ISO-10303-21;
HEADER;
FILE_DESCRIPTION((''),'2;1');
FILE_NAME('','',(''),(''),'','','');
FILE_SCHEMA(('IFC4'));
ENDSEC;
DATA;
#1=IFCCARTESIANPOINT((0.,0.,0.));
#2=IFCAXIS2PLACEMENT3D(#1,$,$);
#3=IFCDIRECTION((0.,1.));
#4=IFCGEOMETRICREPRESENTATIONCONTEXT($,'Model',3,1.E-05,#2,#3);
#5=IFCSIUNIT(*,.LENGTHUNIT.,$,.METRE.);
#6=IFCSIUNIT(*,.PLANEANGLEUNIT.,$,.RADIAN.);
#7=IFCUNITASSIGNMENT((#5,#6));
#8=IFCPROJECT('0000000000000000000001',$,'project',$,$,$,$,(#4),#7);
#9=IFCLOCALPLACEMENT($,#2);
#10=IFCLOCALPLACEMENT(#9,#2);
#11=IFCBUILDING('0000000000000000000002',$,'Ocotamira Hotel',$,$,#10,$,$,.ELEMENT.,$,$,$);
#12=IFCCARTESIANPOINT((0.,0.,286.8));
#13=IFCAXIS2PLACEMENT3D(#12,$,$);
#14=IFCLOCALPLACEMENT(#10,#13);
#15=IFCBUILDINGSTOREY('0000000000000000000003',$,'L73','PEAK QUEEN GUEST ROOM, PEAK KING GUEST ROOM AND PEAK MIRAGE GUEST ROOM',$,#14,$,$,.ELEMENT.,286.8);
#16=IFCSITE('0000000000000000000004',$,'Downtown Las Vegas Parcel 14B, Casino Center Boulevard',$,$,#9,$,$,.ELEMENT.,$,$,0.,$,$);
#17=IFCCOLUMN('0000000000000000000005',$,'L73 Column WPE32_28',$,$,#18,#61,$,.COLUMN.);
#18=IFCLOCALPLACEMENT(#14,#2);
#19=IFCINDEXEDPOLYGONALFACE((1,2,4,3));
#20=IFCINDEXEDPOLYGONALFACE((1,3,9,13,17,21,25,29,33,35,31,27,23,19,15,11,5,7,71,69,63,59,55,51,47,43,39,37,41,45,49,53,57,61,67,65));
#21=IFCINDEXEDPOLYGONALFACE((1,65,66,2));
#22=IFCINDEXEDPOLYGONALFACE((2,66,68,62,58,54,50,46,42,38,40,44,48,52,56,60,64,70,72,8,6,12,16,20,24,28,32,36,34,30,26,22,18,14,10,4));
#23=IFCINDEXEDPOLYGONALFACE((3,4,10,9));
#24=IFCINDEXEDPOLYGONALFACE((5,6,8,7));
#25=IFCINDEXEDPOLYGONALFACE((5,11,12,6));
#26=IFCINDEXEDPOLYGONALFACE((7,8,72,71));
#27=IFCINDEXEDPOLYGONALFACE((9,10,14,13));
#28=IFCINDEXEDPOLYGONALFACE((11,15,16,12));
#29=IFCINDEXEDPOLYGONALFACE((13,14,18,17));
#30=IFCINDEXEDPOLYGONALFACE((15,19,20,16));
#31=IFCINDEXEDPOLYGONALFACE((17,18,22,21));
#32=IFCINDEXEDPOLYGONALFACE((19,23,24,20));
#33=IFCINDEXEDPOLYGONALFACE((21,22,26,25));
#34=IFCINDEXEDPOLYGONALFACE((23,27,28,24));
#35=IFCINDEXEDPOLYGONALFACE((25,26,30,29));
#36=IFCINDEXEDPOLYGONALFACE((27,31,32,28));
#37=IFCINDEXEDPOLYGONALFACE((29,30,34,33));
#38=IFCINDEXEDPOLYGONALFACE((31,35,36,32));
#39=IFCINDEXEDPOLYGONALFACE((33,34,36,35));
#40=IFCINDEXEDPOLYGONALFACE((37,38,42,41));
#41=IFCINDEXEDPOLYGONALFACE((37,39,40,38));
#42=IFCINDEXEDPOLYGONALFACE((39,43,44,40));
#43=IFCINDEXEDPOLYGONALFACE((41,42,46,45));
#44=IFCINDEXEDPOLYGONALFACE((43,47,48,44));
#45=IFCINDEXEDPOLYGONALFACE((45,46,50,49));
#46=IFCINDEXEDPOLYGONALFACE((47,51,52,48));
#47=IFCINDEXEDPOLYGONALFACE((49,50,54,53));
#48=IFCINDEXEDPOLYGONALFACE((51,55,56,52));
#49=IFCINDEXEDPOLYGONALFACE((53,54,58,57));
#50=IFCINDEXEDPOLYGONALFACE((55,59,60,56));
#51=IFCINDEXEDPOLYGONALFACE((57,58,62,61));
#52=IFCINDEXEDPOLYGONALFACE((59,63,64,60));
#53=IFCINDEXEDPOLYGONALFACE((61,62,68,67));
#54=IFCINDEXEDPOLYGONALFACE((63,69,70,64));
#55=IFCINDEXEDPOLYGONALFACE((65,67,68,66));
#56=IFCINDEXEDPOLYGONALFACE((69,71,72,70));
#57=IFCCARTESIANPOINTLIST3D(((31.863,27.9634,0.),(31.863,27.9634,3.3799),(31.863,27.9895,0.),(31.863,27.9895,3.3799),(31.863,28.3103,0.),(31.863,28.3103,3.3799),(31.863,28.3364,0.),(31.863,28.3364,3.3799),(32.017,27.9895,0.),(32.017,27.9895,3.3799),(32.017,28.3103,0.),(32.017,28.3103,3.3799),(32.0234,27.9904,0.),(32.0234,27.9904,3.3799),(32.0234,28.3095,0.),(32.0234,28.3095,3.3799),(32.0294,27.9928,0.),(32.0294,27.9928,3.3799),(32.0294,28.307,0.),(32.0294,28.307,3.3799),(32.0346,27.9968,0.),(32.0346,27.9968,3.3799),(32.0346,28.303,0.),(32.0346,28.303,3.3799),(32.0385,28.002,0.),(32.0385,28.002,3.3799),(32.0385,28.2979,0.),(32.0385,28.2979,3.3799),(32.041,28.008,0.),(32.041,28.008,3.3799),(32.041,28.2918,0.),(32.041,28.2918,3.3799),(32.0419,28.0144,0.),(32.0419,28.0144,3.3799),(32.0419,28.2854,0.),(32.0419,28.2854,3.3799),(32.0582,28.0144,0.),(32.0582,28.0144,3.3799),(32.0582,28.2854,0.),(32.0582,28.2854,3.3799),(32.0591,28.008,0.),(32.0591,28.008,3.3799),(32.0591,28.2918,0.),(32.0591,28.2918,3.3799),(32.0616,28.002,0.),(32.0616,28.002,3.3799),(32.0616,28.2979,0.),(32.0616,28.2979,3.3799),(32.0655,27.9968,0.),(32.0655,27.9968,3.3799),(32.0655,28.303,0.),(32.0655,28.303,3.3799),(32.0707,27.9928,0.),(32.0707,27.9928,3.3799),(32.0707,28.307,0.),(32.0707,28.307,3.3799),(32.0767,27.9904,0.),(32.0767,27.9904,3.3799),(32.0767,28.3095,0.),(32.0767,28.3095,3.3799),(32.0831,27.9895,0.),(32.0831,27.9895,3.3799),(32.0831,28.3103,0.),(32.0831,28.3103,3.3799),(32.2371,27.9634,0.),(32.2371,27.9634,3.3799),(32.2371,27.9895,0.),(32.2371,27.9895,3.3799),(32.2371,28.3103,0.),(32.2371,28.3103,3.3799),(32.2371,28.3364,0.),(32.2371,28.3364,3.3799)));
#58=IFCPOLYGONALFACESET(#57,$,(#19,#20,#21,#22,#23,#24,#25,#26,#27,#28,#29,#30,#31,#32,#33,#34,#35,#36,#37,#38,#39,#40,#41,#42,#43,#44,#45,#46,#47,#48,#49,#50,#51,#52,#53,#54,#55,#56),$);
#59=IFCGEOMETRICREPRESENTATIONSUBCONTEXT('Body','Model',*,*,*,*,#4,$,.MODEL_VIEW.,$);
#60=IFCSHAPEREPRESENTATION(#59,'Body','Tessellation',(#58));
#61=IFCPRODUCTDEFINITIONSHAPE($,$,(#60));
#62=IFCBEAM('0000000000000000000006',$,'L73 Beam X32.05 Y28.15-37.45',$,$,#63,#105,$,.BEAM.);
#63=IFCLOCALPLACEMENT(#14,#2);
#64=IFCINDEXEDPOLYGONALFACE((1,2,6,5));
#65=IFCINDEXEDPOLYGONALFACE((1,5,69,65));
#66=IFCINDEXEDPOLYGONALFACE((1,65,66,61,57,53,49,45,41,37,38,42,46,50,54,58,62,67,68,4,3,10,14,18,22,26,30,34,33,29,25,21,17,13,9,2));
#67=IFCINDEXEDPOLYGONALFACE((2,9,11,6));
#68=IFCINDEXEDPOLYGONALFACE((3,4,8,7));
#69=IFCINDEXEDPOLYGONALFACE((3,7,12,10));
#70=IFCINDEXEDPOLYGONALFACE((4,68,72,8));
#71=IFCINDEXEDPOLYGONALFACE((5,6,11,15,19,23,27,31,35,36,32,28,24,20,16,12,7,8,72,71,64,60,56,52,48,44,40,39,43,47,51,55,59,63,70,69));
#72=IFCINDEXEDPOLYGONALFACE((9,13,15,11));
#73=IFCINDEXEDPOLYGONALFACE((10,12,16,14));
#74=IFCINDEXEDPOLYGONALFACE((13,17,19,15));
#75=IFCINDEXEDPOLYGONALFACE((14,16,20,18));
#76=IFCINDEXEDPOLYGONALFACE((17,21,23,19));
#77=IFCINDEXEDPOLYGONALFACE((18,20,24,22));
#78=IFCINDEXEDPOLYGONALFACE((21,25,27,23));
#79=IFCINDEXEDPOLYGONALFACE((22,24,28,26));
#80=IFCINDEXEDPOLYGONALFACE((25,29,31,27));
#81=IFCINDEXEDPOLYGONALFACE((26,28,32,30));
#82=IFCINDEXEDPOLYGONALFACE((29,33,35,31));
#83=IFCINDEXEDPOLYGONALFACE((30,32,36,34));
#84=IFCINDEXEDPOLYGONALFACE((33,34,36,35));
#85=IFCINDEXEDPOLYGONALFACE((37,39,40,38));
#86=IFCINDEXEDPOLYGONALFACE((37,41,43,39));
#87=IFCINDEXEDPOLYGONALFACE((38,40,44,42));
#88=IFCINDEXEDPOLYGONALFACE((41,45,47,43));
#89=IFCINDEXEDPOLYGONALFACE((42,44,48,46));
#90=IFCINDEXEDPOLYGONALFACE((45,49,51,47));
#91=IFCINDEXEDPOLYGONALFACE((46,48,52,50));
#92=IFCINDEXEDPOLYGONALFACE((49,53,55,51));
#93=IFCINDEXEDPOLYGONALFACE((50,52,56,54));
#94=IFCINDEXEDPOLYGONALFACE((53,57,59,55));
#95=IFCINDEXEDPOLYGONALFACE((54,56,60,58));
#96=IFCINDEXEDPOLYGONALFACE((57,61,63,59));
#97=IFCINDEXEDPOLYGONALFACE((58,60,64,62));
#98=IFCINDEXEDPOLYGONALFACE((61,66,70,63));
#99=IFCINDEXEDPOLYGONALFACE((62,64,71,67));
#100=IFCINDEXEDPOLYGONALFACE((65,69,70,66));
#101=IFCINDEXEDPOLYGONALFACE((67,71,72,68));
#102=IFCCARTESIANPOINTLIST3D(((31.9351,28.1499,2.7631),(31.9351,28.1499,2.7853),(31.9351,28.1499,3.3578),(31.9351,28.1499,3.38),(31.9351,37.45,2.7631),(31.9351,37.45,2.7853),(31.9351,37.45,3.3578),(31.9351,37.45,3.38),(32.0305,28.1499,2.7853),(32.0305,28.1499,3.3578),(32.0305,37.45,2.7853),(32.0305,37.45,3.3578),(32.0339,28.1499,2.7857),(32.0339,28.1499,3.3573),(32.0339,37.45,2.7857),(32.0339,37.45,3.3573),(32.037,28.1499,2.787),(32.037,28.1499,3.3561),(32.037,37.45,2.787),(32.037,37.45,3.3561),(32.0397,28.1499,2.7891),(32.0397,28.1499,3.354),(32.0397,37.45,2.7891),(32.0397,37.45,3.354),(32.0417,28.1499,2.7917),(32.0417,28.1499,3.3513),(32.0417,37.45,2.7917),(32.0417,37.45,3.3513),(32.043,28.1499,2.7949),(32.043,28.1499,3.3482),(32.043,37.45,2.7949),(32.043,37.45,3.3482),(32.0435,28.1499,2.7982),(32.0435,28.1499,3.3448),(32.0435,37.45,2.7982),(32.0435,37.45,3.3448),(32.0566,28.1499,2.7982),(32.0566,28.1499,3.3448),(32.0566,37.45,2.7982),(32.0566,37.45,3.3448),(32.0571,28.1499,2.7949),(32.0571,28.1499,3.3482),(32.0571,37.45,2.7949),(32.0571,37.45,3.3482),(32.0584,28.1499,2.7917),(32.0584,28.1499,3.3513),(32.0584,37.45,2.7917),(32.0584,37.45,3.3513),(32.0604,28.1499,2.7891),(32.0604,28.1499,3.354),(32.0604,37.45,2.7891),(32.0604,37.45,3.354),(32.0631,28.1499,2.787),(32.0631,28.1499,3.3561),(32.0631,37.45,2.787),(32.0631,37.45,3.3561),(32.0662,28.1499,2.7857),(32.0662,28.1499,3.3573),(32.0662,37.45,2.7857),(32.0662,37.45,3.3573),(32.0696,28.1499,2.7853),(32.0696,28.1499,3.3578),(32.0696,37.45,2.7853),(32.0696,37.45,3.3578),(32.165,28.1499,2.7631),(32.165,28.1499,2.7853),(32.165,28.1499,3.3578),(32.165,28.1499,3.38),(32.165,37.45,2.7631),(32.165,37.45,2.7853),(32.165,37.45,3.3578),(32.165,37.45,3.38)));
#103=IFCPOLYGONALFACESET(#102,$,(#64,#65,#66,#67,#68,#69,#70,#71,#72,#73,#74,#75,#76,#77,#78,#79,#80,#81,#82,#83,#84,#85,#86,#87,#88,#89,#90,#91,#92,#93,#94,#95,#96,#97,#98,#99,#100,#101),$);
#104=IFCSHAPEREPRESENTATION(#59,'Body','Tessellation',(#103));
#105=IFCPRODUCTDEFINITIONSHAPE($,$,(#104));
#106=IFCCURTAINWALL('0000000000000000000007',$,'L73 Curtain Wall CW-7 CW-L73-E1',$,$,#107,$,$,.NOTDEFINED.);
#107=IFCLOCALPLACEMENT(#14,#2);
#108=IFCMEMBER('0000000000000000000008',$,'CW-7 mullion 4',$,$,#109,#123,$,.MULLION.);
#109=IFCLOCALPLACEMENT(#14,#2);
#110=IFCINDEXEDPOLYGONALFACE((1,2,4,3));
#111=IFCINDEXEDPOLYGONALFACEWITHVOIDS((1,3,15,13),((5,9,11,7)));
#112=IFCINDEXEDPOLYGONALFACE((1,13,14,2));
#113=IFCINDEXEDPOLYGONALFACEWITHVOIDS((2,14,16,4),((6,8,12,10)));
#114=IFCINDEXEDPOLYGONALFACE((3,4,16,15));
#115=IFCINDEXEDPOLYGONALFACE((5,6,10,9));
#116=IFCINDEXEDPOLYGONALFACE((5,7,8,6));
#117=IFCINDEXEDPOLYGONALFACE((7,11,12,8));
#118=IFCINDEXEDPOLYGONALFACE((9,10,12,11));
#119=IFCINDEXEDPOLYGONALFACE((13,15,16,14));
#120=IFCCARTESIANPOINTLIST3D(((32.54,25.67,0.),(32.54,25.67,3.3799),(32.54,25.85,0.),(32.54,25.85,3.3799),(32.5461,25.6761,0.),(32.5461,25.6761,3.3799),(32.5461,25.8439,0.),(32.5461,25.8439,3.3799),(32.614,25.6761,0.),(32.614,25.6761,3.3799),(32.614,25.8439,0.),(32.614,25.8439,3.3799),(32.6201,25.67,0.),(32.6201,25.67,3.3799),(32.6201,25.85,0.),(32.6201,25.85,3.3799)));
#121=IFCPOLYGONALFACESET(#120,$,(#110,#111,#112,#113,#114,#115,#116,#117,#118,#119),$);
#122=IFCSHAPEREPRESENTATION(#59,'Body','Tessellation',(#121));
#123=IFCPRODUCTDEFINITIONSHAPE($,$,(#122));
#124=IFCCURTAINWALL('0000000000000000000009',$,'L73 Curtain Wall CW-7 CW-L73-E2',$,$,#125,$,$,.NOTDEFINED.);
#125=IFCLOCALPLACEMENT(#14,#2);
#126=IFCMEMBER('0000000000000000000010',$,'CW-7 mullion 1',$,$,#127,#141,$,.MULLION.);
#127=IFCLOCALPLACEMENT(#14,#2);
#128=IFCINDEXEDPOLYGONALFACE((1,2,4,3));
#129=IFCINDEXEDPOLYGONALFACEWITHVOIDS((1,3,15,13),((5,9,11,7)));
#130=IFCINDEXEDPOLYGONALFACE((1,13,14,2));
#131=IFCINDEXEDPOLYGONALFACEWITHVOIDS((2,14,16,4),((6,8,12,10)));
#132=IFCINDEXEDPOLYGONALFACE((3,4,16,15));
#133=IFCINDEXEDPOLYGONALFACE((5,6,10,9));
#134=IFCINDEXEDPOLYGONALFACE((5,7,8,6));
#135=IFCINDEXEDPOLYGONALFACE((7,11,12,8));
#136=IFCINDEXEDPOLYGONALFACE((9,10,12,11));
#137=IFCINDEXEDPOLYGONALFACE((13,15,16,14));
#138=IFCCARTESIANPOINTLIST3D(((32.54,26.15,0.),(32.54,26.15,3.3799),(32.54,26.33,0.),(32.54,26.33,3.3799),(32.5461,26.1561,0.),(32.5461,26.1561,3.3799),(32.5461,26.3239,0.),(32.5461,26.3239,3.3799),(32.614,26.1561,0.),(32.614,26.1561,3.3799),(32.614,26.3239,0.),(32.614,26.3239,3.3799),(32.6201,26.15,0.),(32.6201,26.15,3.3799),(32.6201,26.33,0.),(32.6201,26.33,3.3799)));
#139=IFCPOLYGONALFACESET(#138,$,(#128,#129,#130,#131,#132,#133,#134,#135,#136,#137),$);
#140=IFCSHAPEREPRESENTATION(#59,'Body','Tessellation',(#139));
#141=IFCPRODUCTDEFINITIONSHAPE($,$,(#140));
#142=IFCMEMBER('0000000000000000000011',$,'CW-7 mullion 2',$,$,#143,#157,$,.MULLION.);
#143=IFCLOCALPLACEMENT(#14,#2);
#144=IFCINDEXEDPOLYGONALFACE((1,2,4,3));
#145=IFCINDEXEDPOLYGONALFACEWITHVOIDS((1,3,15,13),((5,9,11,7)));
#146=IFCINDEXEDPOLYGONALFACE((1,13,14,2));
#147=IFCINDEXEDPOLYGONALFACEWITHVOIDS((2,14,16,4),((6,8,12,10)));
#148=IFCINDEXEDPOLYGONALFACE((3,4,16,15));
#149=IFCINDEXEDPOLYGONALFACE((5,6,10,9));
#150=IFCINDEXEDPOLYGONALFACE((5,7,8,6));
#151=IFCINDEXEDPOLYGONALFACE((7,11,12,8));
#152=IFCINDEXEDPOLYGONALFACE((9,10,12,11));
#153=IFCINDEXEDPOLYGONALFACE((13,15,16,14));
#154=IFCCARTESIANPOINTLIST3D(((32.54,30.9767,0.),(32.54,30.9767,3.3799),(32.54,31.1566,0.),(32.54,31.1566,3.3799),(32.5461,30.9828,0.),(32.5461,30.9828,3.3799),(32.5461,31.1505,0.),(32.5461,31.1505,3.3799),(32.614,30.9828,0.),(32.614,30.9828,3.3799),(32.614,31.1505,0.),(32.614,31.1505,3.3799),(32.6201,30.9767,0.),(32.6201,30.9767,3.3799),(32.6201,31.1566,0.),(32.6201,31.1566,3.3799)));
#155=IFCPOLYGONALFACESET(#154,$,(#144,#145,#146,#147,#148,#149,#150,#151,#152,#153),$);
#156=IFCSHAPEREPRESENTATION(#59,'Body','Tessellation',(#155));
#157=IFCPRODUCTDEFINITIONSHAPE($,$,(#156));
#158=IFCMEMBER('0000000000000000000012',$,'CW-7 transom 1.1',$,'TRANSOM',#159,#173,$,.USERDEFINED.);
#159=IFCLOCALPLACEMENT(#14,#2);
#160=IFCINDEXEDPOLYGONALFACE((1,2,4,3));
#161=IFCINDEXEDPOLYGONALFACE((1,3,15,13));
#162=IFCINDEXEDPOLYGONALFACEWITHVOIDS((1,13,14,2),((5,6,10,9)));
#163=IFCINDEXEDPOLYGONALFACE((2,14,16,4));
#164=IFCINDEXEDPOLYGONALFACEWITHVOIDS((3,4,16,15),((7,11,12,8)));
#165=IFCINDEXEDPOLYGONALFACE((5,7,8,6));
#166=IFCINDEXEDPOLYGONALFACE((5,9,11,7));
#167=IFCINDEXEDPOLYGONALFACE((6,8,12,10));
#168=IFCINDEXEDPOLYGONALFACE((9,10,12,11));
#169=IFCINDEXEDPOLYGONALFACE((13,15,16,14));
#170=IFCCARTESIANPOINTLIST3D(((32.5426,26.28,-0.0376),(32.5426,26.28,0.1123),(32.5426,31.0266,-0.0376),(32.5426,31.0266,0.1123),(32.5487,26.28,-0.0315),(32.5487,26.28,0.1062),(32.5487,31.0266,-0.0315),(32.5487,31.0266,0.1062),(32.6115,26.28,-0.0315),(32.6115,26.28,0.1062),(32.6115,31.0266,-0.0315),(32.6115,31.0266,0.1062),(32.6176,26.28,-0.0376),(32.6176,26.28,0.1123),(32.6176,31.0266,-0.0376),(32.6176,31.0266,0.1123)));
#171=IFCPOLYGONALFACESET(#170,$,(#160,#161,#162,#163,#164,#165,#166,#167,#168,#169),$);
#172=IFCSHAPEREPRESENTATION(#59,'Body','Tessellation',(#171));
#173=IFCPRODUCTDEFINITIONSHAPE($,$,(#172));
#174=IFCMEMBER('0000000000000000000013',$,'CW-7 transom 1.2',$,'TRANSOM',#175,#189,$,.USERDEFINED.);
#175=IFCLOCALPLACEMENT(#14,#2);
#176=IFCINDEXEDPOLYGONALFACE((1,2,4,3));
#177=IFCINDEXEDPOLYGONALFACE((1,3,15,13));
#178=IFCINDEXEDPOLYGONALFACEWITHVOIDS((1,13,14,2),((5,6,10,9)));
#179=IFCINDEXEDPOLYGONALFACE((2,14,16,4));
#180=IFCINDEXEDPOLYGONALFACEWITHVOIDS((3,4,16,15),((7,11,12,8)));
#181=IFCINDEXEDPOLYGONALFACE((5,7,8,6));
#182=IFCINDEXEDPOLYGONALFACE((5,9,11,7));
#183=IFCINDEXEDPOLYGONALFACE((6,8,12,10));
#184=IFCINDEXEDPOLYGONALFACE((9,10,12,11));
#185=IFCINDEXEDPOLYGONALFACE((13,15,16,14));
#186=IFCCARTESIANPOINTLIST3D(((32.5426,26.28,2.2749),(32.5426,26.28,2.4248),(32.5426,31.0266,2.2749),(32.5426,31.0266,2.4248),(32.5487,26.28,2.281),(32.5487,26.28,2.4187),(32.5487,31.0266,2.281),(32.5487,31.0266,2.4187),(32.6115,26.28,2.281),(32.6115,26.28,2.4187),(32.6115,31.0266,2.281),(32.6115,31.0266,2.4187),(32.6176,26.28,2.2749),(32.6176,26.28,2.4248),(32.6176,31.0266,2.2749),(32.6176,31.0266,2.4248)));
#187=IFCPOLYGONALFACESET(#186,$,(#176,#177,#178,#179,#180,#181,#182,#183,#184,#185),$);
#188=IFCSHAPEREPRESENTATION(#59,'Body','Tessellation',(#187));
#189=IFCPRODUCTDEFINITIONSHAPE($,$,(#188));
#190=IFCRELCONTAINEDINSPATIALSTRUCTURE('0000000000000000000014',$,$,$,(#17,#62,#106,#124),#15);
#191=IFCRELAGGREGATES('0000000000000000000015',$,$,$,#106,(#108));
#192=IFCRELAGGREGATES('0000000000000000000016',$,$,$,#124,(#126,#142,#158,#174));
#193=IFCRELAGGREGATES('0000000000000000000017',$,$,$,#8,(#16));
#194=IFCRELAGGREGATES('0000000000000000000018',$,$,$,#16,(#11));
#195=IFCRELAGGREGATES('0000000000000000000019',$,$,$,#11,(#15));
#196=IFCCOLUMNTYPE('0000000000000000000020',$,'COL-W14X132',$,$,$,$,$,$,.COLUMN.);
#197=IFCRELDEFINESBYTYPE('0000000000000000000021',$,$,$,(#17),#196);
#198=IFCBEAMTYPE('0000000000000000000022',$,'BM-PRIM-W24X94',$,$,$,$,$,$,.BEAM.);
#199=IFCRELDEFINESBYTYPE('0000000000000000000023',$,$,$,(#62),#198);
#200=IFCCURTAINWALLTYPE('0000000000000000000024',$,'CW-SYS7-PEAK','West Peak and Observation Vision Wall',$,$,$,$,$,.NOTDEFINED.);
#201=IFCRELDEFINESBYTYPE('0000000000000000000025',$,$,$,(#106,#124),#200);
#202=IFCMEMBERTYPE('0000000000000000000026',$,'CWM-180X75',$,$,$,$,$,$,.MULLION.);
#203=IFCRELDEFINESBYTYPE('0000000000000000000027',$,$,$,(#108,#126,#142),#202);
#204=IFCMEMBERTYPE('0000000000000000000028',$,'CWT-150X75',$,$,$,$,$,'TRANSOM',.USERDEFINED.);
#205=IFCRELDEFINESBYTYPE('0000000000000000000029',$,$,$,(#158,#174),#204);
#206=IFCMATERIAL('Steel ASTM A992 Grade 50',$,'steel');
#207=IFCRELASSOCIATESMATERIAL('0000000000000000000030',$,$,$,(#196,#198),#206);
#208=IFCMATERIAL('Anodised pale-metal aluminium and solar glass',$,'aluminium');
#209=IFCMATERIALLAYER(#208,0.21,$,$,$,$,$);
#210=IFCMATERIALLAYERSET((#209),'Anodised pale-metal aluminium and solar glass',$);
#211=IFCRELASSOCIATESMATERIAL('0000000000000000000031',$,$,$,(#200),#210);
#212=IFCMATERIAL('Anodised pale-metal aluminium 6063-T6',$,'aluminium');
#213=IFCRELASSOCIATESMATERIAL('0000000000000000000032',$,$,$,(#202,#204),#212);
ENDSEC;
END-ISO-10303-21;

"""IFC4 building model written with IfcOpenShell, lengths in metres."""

from ifc_helpers import new_model, si_unit, direction, frame, origin, origin_2d, place, context, subcontext, project, spatial, hollow_rectangle, i_section, extrude, source, transform, mapped, material, layer, layer_set, material_profile, profile_set, type_object, element, aggregate, save


model = new_model("IFC4")

# Units and contexts
model_context = context("Model", 3, precision=1e-05, world=origin(), true_north=direction((0.0, 1.0)))
body_context = subcontext(model_context, "Body", "Model", "MODEL_VIEW")
ifc_project = project(units=[si_unit("LENGTHUNIT", "METRE"), si_unit("PLANEANGLEUNIT", "RADIAN")], contexts=[model_context])

# Site, building, storey
site_placement = place(None, origin())
site = spatial("IfcSite", under=ifc_project, at=site_placement, Name="Downtown Las Vegas Parcel 14B, Casino Center Boulevard", CompositionType="ELEMENT", RefElevation=0.0)
building_placement = place(site_placement, origin())
building = spatial("IfcBuilding", under=site, at=building_placement, Name="Ocotamira Hotel", CompositionType="ELEMENT")
storey_placement = place(building_placement, frame((0.0, 0.0, 286.8)))
storey = spatial("IfcBuildingStorey", under=building, at=storey_placement, Name="L73", Description="PEAK QUEEN GUEST ROOM, PEAK KING GUEST ROOM AND PEAK MIRAGE GUEST ROOM", CompositionType="ELEMENT", Elevation=286.8)

# Column
ifc_material_1 = material(Name="Steel ASTM A992 Grade 50", Category="steel")
ifc_material_profile_1 = material_profile(ifc_material_1, i_section(OverallWidth=0.374, OverallDepth=0.373, WebThickness=0.0164, FlangeThickness=0.0261, FilletRadius=0.0249, at=origin_2d()), Name="W14X132")
ifc_profile_set_1 = profile_set([ifc_material_profile_1], Name="Steel ASTM A992 Grade 50")
column_type = type_object("IfcColumnType", Name="COL-W14X132", PredefinedType="COLUMN", material=ifc_profile_set_1)
shared_shape_1 = source(origin(), body_context, "Body", "SweptSolid", [
    extrude(i_section(OverallWidth=0.374, OverallDepth=0.373, WebThickness=0.0164, FlangeThickness=0.0261, FilletRadius=0.0249, at=origin_2d()), origin(), (0.0, 0.0, 1.0), 3.3799),
])
column_placement = place(storey_placement, frame((32.05, 28.1499, 0.0), z_axis=(0.0, 0.0, 1.0), x_axis=(1.0, 0.0, 0.0)))
element("IfcColumn", 1, at=column_placement, inside=storey, type_object=column_type, Name="L73 Column WPE32_28", PredefinedType="COLUMN", context=body_context, shape_type="MappedRepresentation", body=[
    mapped(shared_shape_1, transform((0.0, 0.0, 0.0), scale=1.0)),
])

# Beam
ifc_material_profile_2 = material_profile(ifc_material_1, i_section(OverallWidth=0.23, OverallDepth=0.6169, WebThickness=0.0132, FlangeThickness=0.0222, FilletRadius=0.0129, at=origin_2d()), Name="W24X94")
ifc_profile_set_2 = profile_set([ifc_material_profile_2], Name="Steel ASTM A992 Grade 50")
beam_type = type_object("IfcBeamType", Name="BM-PRIM-W24X94", PredefinedType="BEAM", material=ifc_profile_set_2)
shared_shape_2 = source(origin(), body_context, "Body", "SweptSolid", [
    extrude(i_section(OverallWidth=0.23, OverallDepth=0.6169, WebThickness=0.0132, FlangeThickness=0.0222, FilletRadius=0.0129, at=origin_2d()), origin(), (0.0, 0.0, 1.0), 9.3),
])
beam_placement = place(storey_placement, frame((32.05, 28.1499, 3.0715), z_axis=(0.0, 1.0, 0.0), x_axis=(-1.0, 0.0, 0.0)))
element("IfcBeam", 2, at=beam_placement, inside=storey, type_object=beam_type, Name="L73 Beam X32.05 Y28.15-37.45", PredefinedType="BEAM", context=body_context, shape_type="MappedRepresentation", body=[
    mapped(shared_shape_2, transform((0.0, 0.0, 0.0), scale=1.0)),
])

# Curtain wall, member
ifc_material_2 = material(Name="Anodised pale-metal aluminium and solar glass", Category="aluminium")
ifc_layer_1 = layer(ifc_material_2, 0.21)
ifc_layer_set_1 = layer_set([ifc_layer_1], Name="Anodised pale-metal aluminium and solar glass")
curtain_wall_type = type_object("IfcCurtainWallType", Name="CW-SYS7-PEAK", Description="West Peak and Observation Vision Wall", PredefinedType="NOTDEFINED", material=ifc_layer_set_1)
curtain_wall_1_placement = place(storey_placement, origin())
curtain_wall_1 = element("IfcCurtainWall", 3, at=curtain_wall_1_placement, inside=storey, type_object=curtain_wall_type, Name="L73 Curtain Wall CW-7 CW-L73-E1", PredefinedType="NOTDEFINED")
ifc_material_3 = material(Name="Anodised pale-metal aluminium 6063-T6", Category="aluminium")
ifc_material_profile_3 = material_profile(ifc_material_3, hollow_rectangle(XDim=0.0801, YDim=0.1799, WallThickness=0.0061, at=origin_2d()), Name="HSS180X80X6")
ifc_profile_set_3 = profile_set([ifc_material_profile_3], Name="Anodised pale-metal aluminium 6063-T6")
member_type_1 = type_object("IfcMemberType", Name="CWM-180X75", PredefinedType="MULLION", material=ifc_profile_set_3)
shared_shape_3 = source(origin(), body_context, "Body", "SweptSolid", [
    extrude(hollow_rectangle(XDim=0.0801, YDim=0.1799, WallThickness=0.0061, at=origin_2d()), origin(), (0.0, 0.0, 1.0), 3.3799),
])
member_1_placement = place(storey_placement, frame((32.5801, 25.76, 0.0), z_axis=(0.0, 0.0, 1.0), x_axis=(-1.0, 0.0, 0.0)))
member_1 = element("IfcMember", 4, at=member_1_placement, type_object=member_type_1, Name="CW-7 mullion 4", PredefinedType="MULLION", context=body_context, shape_type="MappedRepresentation", body=[
    mapped(shared_shape_3, transform((0.0, 0.0, 0.0), scale=1.0)),
])
aggregate(curtain_wall_1, [member_1])

# Curtain wall, members
curtain_wall_2_placement = place(storey_placement, origin())
curtain_wall_2 = element("IfcCurtainWall", 5, at=curtain_wall_2_placement, inside=storey, type_object=curtain_wall_type, Name="L73 Curtain Wall CW-7 CW-L73-E2", PredefinedType="NOTDEFINED")
member_2_placement = place(storey_placement, frame((32.5801, 26.24, 0.0), z_axis=(0.0, 0.0, 1.0), x_axis=(-1.0, 0.0, 0.0)))
member_2 = element("IfcMember", 6, at=member_2_placement, type_object=member_type_1, Name="CW-7 mullion 1", PredefinedType="MULLION", context=body_context, shape_type="MappedRepresentation", body=[
    mapped(shared_shape_3, transform((0.0, 0.0, 0.0), scale=1.0)),
])
member_3_placement = place(storey_placement, frame((32.5801, 31.0667, 0.0), z_axis=(0.0, 0.0, 1.0), x_axis=(-1.0, 0.0, 0.0)))
member_3 = element("IfcMember", 7, at=member_3_placement, type_object=member_type_1, Name="CW-7 mullion 2", PredefinedType="MULLION", context=body_context, shape_type="MappedRepresentation", body=[
    mapped(shared_shape_3, transform((0.0, 0.0, 0.0), scale=1.0)),
])
ifc_material_profile_4 = material_profile(ifc_material_3, hollow_rectangle(XDim=0.075, YDim=0.1499, WallThickness=0.0061, at=origin_2d()), Name="HSS150X75X6")
ifc_profile_set_4 = profile_set([ifc_material_profile_4], Name="Anodised pale-metal aluminium 6063-T6")
member_type_2 = type_object("IfcMemberType", Name="CWT-150X75", ElementType="TRANSOM", PredefinedType="USERDEFINED", material=ifc_profile_set_4)
shared_shape_4 = source(origin(), body_context, "Body", "SweptSolid", [
    extrude(hollow_rectangle(XDim=0.075, YDim=0.1499, WallThickness=0.0061, at=origin_2d()), origin(), (0.0, 0.0, 1.0), 4.7466),
])
member_4_placement = place(storey_placement, frame((32.5801, 26.28, 0.0374), z_axis=(0.0, 1.0, 0.0), x_axis=(-1.0, 0.0, 0.0)))
member_4 = element("IfcMember", 8, at=member_4_placement, type_object=member_type_2, Name="CW-7 transom 1.1", ObjectType="TRANSOM", PredefinedType="USERDEFINED", context=body_context, shape_type="MappedRepresentation", body=[
    mapped(shared_shape_4, transform((0.0, 0.0, 0.0), scale=1.0)),
])
member_5_placement = place(storey_placement, frame((32.5801, 26.28, 2.3499), z_axis=(0.0, 1.0, 0.0), x_axis=(-1.0, 0.0, 0.0)))
member_5 = element("IfcMember", 9, at=member_5_placement, type_object=member_type_2, Name="CW-7 transom 1.2", ObjectType="TRANSOM", PredefinedType="USERDEFINED", context=body_context, shape_type="MappedRepresentation", body=[
    mapped(shared_shape_4, transform((0.0, 0.0, 0.0), scale=1.0)),
])
aggregate(curtain_wall_2, [member_2, member_3, member_4, member_5])

save(model, "model.ifc")
